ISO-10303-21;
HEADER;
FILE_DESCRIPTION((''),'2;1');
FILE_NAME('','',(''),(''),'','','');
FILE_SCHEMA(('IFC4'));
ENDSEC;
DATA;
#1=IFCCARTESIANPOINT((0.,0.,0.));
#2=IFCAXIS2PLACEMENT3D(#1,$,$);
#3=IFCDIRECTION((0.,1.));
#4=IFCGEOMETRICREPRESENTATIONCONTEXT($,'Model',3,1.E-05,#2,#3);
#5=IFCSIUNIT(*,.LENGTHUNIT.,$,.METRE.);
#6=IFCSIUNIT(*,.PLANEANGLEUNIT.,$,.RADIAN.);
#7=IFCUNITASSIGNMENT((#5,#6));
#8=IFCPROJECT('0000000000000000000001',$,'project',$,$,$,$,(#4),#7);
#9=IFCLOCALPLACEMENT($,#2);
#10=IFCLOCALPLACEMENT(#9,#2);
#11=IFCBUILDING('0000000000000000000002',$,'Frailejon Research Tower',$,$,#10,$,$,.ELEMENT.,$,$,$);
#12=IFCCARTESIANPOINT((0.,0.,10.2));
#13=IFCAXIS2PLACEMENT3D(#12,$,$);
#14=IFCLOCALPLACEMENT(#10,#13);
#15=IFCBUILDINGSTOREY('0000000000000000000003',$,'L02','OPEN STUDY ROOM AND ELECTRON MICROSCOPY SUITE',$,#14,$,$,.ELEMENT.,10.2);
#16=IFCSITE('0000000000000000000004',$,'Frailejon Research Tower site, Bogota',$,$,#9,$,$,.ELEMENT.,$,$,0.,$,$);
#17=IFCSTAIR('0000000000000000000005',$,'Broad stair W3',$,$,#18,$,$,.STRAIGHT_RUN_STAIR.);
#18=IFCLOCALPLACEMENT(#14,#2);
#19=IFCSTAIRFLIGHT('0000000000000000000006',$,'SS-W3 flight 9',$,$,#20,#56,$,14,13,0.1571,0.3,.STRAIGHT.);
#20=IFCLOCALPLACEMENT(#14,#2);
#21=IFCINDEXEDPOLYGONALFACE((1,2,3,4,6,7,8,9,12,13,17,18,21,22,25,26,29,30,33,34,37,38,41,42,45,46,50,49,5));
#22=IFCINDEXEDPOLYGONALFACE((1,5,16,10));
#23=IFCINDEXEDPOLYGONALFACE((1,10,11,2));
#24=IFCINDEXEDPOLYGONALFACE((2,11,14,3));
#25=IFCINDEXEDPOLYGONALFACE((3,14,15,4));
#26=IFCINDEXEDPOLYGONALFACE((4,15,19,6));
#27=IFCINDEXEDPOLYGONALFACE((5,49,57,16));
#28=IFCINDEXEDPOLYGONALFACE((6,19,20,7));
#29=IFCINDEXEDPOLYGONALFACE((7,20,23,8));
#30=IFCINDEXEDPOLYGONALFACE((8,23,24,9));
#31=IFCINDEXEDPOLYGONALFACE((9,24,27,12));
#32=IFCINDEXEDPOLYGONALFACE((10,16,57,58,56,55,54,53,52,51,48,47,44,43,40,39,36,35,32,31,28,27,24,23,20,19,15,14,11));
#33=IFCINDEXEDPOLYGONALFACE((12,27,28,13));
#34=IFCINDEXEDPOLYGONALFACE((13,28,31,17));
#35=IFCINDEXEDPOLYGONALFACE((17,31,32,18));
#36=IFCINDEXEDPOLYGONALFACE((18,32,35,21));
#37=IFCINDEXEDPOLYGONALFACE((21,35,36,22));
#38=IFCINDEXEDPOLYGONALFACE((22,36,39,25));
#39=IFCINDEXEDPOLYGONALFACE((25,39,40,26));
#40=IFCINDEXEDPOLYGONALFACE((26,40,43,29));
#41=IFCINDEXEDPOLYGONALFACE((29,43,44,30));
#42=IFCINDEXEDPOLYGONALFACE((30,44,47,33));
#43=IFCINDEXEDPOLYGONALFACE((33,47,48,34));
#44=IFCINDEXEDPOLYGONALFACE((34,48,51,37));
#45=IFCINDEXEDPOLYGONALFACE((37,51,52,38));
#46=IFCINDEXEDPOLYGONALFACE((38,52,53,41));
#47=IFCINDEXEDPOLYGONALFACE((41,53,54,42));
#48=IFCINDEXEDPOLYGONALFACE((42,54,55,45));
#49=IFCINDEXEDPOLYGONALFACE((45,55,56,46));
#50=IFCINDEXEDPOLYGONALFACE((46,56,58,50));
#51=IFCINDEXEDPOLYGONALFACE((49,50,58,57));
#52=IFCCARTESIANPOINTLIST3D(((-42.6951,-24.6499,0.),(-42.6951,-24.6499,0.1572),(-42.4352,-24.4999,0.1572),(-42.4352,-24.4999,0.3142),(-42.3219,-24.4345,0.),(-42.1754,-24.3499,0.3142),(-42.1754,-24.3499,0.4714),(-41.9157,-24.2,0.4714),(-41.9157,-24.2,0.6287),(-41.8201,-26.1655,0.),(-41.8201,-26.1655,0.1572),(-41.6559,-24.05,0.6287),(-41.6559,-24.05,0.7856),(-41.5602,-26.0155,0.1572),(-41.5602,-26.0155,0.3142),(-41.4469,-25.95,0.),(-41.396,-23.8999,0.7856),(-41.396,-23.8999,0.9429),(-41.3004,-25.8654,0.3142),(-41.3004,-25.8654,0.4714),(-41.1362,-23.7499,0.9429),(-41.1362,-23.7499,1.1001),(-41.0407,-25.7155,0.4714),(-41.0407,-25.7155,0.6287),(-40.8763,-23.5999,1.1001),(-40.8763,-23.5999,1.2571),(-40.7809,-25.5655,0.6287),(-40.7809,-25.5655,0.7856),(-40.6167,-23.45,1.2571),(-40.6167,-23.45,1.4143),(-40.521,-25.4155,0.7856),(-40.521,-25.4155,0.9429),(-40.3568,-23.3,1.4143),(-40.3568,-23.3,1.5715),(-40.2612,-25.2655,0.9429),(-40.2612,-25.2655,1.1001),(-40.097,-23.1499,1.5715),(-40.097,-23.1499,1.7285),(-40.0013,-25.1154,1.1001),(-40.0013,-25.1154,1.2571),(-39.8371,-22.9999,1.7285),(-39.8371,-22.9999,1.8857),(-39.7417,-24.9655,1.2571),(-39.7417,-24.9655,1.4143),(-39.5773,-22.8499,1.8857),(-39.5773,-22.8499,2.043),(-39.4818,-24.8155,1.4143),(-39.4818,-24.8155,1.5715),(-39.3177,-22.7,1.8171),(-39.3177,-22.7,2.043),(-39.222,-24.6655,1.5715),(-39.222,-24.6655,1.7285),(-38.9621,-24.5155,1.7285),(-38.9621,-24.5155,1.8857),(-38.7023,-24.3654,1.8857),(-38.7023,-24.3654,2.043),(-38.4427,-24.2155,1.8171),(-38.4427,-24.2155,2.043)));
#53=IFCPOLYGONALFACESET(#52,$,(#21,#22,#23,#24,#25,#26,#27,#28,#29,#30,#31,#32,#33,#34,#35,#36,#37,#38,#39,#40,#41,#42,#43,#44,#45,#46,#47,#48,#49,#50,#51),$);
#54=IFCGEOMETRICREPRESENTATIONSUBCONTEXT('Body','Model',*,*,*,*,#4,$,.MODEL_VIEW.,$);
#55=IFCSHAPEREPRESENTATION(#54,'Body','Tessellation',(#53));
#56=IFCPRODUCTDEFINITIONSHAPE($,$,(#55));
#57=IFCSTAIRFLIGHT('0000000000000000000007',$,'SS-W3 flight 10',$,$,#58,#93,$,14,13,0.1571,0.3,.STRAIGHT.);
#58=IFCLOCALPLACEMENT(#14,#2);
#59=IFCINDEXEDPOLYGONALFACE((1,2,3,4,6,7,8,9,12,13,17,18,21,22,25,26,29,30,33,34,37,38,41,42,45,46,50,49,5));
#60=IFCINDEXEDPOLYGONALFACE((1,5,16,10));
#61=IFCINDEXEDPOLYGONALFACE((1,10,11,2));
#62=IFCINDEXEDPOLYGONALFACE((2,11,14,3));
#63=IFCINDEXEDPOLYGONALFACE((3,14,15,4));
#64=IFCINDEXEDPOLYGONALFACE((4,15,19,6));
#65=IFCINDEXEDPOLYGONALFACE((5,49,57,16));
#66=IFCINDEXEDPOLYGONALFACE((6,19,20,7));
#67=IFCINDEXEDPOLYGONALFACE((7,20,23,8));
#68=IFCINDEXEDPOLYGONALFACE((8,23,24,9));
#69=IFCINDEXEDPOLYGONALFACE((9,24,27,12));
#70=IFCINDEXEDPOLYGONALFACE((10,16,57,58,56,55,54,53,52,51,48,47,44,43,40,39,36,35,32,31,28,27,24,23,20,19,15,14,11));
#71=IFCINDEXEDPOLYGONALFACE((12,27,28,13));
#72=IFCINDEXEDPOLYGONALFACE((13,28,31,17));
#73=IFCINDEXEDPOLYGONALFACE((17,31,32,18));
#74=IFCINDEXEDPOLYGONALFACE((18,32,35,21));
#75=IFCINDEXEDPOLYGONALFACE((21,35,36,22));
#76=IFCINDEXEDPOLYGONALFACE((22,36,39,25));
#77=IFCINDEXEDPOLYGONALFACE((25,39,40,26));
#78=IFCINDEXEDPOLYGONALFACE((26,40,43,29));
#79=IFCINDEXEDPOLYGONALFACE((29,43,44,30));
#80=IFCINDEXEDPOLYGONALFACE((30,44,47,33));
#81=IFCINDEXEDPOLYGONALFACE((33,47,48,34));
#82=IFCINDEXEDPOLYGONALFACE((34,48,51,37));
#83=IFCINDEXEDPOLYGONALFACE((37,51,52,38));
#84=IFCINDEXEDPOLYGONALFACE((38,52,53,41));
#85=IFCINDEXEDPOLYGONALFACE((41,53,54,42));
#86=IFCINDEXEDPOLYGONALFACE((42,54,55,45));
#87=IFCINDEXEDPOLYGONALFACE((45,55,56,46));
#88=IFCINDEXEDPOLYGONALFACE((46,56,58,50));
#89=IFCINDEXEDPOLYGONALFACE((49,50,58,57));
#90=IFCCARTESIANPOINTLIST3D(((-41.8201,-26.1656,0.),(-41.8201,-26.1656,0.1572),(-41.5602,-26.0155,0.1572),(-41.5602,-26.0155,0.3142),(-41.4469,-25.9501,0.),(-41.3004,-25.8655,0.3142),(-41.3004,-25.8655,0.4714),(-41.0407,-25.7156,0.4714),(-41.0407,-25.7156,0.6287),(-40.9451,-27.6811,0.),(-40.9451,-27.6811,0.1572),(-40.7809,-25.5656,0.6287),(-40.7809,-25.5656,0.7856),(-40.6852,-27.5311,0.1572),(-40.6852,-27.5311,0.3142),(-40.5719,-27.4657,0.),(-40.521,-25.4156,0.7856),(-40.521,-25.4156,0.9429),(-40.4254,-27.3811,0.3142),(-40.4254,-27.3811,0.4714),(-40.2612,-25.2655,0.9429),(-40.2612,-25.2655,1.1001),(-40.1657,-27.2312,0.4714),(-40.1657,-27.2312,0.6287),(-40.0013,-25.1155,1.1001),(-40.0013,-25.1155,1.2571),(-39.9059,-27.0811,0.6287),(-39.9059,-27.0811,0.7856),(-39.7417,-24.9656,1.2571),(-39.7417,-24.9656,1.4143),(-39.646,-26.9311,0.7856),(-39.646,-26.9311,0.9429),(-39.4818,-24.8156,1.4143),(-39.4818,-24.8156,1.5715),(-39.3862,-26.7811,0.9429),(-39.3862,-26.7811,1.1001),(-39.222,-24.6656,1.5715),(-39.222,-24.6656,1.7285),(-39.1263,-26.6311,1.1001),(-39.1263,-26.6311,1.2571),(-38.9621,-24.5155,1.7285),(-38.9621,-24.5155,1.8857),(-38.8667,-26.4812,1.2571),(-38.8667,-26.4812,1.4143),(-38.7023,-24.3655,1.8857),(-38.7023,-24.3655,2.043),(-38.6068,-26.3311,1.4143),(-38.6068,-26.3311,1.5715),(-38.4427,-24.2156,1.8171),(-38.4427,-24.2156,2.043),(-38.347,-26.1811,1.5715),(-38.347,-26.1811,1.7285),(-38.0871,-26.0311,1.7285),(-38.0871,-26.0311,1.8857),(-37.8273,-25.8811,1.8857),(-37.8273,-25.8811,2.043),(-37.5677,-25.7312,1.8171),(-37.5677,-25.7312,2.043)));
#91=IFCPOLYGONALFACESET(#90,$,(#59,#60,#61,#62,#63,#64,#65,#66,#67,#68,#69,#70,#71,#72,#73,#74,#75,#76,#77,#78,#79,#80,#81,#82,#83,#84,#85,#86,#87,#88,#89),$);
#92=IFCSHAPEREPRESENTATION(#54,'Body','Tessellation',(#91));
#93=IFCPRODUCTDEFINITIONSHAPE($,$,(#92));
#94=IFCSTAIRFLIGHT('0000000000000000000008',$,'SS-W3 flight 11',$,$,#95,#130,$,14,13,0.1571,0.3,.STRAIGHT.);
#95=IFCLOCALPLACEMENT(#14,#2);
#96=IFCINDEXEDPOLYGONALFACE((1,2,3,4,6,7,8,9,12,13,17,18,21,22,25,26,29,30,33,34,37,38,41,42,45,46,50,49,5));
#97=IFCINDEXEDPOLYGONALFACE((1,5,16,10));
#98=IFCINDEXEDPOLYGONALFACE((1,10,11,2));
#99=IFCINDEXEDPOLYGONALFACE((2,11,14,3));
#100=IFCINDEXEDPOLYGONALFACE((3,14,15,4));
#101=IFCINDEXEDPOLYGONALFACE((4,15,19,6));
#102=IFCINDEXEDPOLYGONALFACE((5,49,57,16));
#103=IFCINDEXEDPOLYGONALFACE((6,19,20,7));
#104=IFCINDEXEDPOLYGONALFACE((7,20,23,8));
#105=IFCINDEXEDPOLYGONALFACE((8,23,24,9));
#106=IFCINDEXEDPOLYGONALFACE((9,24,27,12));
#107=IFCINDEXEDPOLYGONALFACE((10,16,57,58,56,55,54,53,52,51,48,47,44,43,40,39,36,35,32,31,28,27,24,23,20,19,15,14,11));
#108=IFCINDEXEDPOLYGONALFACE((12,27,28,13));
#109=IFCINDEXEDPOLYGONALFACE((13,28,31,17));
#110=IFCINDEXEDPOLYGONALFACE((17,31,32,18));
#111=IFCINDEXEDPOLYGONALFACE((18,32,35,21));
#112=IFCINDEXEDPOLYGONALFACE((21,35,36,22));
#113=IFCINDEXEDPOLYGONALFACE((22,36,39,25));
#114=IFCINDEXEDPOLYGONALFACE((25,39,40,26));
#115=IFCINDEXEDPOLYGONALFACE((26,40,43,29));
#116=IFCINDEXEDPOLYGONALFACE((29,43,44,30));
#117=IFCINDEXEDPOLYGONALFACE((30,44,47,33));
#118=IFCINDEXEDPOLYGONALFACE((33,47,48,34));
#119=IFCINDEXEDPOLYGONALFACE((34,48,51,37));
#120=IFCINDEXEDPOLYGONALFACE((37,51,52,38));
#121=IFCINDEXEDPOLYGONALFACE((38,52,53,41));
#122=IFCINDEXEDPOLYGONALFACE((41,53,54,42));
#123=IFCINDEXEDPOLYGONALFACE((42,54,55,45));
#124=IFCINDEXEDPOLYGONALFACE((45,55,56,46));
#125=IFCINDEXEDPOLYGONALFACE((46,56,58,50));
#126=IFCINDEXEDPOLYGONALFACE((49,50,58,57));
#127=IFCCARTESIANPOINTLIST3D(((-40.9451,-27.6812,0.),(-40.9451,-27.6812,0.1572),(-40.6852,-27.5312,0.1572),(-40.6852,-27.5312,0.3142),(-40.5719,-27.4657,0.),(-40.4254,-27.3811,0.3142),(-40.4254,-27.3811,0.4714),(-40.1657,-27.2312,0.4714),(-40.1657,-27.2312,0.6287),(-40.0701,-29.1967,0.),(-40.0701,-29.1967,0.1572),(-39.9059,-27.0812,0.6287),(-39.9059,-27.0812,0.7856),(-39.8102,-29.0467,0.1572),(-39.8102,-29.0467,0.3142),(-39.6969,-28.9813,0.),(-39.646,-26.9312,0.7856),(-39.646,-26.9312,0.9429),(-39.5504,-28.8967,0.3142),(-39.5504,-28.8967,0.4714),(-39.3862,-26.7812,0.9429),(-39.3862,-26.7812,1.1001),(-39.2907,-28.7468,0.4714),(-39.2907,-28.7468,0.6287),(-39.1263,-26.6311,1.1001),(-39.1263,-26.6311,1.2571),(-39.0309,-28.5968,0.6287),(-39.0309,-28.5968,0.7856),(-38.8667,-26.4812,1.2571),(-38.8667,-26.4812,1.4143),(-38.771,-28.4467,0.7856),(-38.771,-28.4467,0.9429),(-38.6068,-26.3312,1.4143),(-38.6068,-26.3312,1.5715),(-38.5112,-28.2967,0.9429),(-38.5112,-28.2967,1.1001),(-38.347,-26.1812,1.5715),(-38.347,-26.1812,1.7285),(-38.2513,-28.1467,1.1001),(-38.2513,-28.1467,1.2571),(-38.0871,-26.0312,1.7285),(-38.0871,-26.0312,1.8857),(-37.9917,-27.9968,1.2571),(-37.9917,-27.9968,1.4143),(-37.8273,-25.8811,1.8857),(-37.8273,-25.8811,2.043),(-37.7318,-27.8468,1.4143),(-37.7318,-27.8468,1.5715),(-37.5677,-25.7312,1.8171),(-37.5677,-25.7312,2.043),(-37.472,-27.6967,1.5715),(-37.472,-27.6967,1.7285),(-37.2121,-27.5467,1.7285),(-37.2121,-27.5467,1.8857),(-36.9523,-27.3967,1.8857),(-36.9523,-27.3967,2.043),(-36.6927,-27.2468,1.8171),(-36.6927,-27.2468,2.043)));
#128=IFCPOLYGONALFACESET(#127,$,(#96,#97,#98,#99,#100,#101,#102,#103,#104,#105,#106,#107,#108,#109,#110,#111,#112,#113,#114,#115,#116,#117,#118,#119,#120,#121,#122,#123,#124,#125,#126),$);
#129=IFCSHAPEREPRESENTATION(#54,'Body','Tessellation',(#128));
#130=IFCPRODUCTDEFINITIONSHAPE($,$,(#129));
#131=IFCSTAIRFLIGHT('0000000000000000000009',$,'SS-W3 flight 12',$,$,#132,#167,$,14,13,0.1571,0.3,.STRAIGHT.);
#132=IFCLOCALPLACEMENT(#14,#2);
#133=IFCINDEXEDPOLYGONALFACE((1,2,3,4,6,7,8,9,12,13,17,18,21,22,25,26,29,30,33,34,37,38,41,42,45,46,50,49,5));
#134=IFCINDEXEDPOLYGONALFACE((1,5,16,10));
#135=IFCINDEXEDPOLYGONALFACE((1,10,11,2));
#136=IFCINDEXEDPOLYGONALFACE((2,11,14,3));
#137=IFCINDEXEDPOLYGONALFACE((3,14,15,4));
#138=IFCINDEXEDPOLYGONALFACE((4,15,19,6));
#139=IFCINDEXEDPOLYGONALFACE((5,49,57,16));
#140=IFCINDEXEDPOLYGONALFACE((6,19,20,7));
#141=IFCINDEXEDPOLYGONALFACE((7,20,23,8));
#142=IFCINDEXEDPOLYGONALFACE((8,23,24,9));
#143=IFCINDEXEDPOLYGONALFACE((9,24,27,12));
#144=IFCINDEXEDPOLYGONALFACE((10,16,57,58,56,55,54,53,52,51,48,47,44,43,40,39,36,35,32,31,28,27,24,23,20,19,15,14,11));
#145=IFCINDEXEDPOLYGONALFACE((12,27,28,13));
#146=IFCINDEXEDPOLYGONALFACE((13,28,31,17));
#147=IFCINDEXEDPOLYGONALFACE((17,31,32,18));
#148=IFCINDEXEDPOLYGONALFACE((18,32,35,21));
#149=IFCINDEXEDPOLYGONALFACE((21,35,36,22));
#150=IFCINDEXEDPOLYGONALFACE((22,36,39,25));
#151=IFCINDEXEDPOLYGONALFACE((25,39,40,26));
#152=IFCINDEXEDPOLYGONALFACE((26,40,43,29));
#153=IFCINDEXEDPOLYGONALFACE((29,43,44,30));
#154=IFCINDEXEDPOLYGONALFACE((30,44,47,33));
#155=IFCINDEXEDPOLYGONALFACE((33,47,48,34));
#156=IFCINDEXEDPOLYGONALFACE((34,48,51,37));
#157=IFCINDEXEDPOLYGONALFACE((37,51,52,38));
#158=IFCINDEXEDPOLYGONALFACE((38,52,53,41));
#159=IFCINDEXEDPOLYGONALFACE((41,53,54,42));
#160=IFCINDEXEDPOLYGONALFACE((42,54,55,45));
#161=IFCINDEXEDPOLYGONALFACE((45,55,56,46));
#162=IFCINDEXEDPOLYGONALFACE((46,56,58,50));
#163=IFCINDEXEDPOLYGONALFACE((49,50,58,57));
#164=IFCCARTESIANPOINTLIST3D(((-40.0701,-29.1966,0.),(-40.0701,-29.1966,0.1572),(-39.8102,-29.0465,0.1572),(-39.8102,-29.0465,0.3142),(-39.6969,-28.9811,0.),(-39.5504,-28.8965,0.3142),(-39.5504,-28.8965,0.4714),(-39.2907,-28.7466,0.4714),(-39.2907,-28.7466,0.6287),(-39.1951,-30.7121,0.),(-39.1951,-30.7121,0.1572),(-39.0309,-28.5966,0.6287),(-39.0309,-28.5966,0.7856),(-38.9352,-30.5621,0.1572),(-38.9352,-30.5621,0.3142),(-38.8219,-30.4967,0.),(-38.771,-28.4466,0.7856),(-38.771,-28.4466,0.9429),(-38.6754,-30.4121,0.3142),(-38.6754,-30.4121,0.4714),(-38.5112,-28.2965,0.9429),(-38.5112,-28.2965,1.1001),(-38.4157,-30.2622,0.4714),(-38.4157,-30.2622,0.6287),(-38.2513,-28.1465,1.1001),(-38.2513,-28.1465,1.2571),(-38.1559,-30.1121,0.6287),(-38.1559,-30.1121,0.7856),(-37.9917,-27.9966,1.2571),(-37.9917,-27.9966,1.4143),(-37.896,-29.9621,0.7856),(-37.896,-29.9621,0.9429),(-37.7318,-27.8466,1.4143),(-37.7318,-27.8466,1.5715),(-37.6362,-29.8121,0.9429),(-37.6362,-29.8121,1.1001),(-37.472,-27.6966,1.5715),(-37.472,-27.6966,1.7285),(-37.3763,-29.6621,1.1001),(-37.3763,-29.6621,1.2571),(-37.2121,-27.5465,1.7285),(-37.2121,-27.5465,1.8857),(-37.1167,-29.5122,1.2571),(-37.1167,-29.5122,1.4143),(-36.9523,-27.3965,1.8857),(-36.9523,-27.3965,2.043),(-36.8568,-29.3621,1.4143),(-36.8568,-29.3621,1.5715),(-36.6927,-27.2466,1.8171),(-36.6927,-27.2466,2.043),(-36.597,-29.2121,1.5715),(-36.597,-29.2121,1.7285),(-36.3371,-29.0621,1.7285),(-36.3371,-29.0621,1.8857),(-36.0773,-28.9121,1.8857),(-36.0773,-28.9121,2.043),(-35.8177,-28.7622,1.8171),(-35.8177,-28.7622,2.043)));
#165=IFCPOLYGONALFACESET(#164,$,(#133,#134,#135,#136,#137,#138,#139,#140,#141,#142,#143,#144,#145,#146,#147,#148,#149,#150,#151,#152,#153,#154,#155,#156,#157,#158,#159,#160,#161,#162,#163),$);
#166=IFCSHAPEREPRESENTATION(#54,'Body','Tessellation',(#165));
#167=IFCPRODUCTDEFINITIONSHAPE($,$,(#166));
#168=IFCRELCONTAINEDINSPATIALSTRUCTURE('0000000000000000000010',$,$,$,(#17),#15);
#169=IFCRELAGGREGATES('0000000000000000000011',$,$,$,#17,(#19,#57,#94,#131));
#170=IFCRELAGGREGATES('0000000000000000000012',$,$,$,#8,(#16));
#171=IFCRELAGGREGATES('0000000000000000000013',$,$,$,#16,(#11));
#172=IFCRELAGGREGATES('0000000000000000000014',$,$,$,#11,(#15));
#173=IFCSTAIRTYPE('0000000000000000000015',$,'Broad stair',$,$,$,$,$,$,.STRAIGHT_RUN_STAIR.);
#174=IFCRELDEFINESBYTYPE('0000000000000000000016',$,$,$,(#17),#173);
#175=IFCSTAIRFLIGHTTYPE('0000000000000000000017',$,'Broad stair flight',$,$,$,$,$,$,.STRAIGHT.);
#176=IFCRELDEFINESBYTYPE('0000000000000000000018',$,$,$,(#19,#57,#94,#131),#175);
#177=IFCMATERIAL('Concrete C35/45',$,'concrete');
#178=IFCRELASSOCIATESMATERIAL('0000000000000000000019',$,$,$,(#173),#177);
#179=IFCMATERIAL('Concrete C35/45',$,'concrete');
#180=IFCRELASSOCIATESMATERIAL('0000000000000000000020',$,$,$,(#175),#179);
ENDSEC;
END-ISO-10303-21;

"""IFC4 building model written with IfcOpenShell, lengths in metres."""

from ifc_helpers import new_model, si_unit, direction, frame, origin, place, context, subcontext, project, spatial, polyline, outline, extrude, material, type_object, element, aggregate, save


model = new_model("IFC4")

# Units and contexts
model_context = context("Model", 3, precision=1e-05, world=origin(), true_north=direction((0.0, 1.0)))
body_context = subcontext(model_context, "Body", "Model", "MODEL_VIEW")
ifc_project = project(units=[si_unit("LENGTHUNIT", "METRE"), si_unit("PLANEANGLEUNIT", "RADIAN")], contexts=[model_context])

# Site, building, storey
site_placement = place(None, origin())
site = spatial("IfcSite", under=ifc_project, at=site_placement, Name="Frailejon Research Tower site, Bogota", CompositionType="ELEMENT", RefElevation=0.0)
building_placement = place(site_placement, origin())
building = spatial("IfcBuilding", under=site, at=building_placement, Name="Frailejon Research Tower", CompositionType="ELEMENT")
storey_placement = place(building_placement, frame((0.0, 0.0, 10.2)))
storey = spatial("IfcBuildingStorey", under=building, at=storey_placement, Name="L02", Description="OPEN STUDY ROOM AND ELECTRON MICROSCOPY SUITE", CompositionType="ELEMENT", Elevation=10.2)

# Stair, stair flights
ifc_material_1 = material(Name="Concrete C35/45", Category="concrete")
stair_type = type_object("IfcStairType", Name="Broad stair", PredefinedType="STRAIGHT_RUN_STAIR", material=ifc_material_1)
stair_placement = place(storey_placement, origin())
stair = element("IfcStair", 1, at=stair_placement, inside=storey, type_object=stair_type, Name="Broad stair W3", PredefinedType="STRAIGHT_RUN_STAIR")
ifc_material_2 = material(Name="Concrete C35/45", Category="concrete")
stair_flight_type = type_object("IfcStairFlightType", Name="Broad stair flight", PredefinedType="STRAIGHT", material=ifc_material_2)
stair_flight_1_placement = place(storey_placement, frame((-42.2576, -25.4077, 0.0), z_axis=(0.0, 0.0, 1.0), x_axis=(0.866025, 0.5, 0.0)))
stair_flight_1 = element("IfcStairFlight", 2, at=stair_flight_1_placement, type_object=stair_flight_type, Name="SS-W3 flight 9", NumberOfRisers=14, NumberOfTreads=13, PredefinedType="STRAIGHT", RiserHeight=0.1571, TreadLength=0.3, context=body_context, shape_type="SweptSolid", body=[
    extrude(outline(polyline([(0.0, 0.0), (0.0, 0.1572), (0.3, 0.1572), (0.3, 0.3142), (0.6001, 0.3142), (0.6001, 0.4714), (0.8999, 0.4714), (0.8999, 0.6287), (1.2, 0.6287), (1.2, 0.7856), (1.5, 0.7856), (1.5, 0.9429), (1.8, 0.9429), (1.8, 1.1001), (2.1001, 1.1001), (2.1001, 1.2571), (2.3999, 1.2571), (2.3999, 1.4143), (2.7, 1.4143), (2.7, 1.5715), (3.0, 1.5715), (3.0, 1.7285), (3.3, 1.7285), (3.3, 1.8857), (3.6001, 1.8857), (3.6001, 2.043), (3.8999, 2.043), (3.8999, 2.2), (3.8999, 1.8171), (0.4309, 0.0), (0.0, 0.0)])), frame((0.0, 0.875, 0.0), z_axis=(0.0, -1.0, 0.0), x_axis=(1.0, 0.0, 0.0)), (0.0, 0.0, 1.0), 1.75),
])
stair_flight_2_placement = place(storey_placement, frame((-41.3826, -26.9233, 0.0), z_axis=(0.0, 0.0, 1.0), x_axis=(0.866025, 0.5, 0.0)))
stair_flight_2 = element("IfcStairFlight", 3, at=stair_flight_2_placement, type_object=stair_flight_type, Name="SS-W3 flight 10", NumberOfRisers=14, NumberOfTreads=13, PredefinedType="STRAIGHT", RiserHeight=0.1571, TreadLength=0.3, context=body_context, shape_type="SweptSolid", body=[
    extrude(outline(polyline([(0.0, 0.0), (0.0, 0.1572), (0.3, 0.1572), (0.3, 0.3142), (0.6001, 0.3142), (0.6001, 0.4714), (0.8999, 0.4714), (0.8999, 0.6287), (1.2, 0.6287), (1.2, 0.7856), (1.5, 0.7856), (1.5, 0.9429), (1.8, 0.9429), (1.8, 1.1001), (2.1001, 1.1001), (2.1001, 1.2571), (2.3999, 1.2571), (2.3999, 1.4143), (2.7, 1.4143), (2.7, 1.5715), (3.0, 1.5715), (3.0, 1.7285), (3.3, 1.7285), (3.3, 1.8857), (3.6001, 1.8857), (3.6001, 2.043), (3.8999, 2.043), (3.8999, 2.2), (3.8999, 1.8171), (0.4309, 0.0), (0.0, 0.0)])), frame((0.0, 0.875, 0.0), z_axis=(0.0, -1.0, 0.0), x_axis=(1.0, 0.0, 0.0)), (0.0, 0.0, 1.0), 1.75),
])
stair_flight_3_placement = place(storey_placement, frame((-40.5076, -28.439, 0.0), z_axis=(0.0, 0.0, 1.0), x_axis=(0.866025, 0.5, 0.0)))
stair_flight_3 = element("IfcStairFlight", 4, at=stair_flight_3_placement, type_object=stair_flight_type, Name="SS-W3 flight 11", NumberOfRisers=14, NumberOfTreads=13, PredefinedType="STRAIGHT", RiserHeight=0.1571, TreadLength=0.3, context=body_context, shape_type="SweptSolid", body=[
    extrude(outline(polyline([(0.0, 0.0), (0.0, 0.1572), (0.3, 0.1572), (0.3, 0.3142), (0.6001, 0.3142), (0.6001, 0.4714), (0.8999, 0.4714), (0.8999, 0.6287), (1.2, 0.6287), (1.2, 0.7856), (1.5, 0.7856), (1.5, 0.9429), (1.8, 0.9429), (1.8, 1.1001), (2.1001, 1.1001), (2.1001, 1.2571), (2.3999, 1.2571), (2.3999, 1.4143), (2.7, 1.4143), (2.7, 1.5715), (3.0, 1.5715), (3.0, 1.7285), (3.3, 1.7285), (3.3, 1.8857), (3.6001, 1.8857), (3.6001, 2.043), (3.8999, 2.043), (3.8999, 2.2), (3.8999, 1.8171), (0.4309, 0.0), (0.0, 0.0)])), frame((0.0, 0.875, 0.0), z_axis=(0.0, -1.0, 0.0), x_axis=(1.0, 0.0, 0.0)), (0.0, 0.0, 1.0), 1.75),
])
stair_flight_4_placement = place(storey_placement, frame((-39.6326, -29.9543, 0.0), z_axis=(0.0, 0.0, 1.0), x_axis=(0.866025, 0.5, 0.0)))
stair_flight_4 = element("IfcStairFlight", 5, at=stair_flight_4_placement, type_object=stair_flight_type, Name="SS-W3 flight 12", NumberOfRisers=14, NumberOfTreads=13, PredefinedType="STRAIGHT", RiserHeight=0.1571, TreadLength=0.3, context=body_context, shape_type="SweptSolid", body=[
    extrude(outline(polyline([(0.0, 0.0), (0.0, 0.1572), (0.3, 0.1572), (0.3, 0.3142), (0.6001, 0.3142), (0.6001, 0.4714), (0.8999, 0.4714), (0.8999, 0.6287), (1.2, 0.6287), (1.2, 0.7856), (1.5, 0.7856), (1.5, 0.9429), (1.8, 0.9429), (1.8, 1.1001), (2.1001, 1.1001), (2.1001, 1.2571), (2.3999, 1.2571), (2.3999, 1.4143), (2.7, 1.4143), (2.7, 1.5715), (3.0, 1.5715), (3.0, 1.7285), (3.3, 1.7285), (3.3, 1.8857), (3.6001, 1.8857), (3.6001, 2.043), (3.8999, 2.043), (3.8999, 2.2), (3.8999, 1.8171), (0.4309, 0.0), (0.0, 0.0)])), frame((0.0, 0.875, 0.0), z_axis=(0.0, -1.0, 0.0), x_axis=(1.0, 0.0, 0.0)), (0.0, 0.0, 1.0), 1.75),
])
aggregate(stair, [stair_flight_1, stair_flight_2, stair_flight_3, stair_flight_4])

save(model, "model.ifc")
